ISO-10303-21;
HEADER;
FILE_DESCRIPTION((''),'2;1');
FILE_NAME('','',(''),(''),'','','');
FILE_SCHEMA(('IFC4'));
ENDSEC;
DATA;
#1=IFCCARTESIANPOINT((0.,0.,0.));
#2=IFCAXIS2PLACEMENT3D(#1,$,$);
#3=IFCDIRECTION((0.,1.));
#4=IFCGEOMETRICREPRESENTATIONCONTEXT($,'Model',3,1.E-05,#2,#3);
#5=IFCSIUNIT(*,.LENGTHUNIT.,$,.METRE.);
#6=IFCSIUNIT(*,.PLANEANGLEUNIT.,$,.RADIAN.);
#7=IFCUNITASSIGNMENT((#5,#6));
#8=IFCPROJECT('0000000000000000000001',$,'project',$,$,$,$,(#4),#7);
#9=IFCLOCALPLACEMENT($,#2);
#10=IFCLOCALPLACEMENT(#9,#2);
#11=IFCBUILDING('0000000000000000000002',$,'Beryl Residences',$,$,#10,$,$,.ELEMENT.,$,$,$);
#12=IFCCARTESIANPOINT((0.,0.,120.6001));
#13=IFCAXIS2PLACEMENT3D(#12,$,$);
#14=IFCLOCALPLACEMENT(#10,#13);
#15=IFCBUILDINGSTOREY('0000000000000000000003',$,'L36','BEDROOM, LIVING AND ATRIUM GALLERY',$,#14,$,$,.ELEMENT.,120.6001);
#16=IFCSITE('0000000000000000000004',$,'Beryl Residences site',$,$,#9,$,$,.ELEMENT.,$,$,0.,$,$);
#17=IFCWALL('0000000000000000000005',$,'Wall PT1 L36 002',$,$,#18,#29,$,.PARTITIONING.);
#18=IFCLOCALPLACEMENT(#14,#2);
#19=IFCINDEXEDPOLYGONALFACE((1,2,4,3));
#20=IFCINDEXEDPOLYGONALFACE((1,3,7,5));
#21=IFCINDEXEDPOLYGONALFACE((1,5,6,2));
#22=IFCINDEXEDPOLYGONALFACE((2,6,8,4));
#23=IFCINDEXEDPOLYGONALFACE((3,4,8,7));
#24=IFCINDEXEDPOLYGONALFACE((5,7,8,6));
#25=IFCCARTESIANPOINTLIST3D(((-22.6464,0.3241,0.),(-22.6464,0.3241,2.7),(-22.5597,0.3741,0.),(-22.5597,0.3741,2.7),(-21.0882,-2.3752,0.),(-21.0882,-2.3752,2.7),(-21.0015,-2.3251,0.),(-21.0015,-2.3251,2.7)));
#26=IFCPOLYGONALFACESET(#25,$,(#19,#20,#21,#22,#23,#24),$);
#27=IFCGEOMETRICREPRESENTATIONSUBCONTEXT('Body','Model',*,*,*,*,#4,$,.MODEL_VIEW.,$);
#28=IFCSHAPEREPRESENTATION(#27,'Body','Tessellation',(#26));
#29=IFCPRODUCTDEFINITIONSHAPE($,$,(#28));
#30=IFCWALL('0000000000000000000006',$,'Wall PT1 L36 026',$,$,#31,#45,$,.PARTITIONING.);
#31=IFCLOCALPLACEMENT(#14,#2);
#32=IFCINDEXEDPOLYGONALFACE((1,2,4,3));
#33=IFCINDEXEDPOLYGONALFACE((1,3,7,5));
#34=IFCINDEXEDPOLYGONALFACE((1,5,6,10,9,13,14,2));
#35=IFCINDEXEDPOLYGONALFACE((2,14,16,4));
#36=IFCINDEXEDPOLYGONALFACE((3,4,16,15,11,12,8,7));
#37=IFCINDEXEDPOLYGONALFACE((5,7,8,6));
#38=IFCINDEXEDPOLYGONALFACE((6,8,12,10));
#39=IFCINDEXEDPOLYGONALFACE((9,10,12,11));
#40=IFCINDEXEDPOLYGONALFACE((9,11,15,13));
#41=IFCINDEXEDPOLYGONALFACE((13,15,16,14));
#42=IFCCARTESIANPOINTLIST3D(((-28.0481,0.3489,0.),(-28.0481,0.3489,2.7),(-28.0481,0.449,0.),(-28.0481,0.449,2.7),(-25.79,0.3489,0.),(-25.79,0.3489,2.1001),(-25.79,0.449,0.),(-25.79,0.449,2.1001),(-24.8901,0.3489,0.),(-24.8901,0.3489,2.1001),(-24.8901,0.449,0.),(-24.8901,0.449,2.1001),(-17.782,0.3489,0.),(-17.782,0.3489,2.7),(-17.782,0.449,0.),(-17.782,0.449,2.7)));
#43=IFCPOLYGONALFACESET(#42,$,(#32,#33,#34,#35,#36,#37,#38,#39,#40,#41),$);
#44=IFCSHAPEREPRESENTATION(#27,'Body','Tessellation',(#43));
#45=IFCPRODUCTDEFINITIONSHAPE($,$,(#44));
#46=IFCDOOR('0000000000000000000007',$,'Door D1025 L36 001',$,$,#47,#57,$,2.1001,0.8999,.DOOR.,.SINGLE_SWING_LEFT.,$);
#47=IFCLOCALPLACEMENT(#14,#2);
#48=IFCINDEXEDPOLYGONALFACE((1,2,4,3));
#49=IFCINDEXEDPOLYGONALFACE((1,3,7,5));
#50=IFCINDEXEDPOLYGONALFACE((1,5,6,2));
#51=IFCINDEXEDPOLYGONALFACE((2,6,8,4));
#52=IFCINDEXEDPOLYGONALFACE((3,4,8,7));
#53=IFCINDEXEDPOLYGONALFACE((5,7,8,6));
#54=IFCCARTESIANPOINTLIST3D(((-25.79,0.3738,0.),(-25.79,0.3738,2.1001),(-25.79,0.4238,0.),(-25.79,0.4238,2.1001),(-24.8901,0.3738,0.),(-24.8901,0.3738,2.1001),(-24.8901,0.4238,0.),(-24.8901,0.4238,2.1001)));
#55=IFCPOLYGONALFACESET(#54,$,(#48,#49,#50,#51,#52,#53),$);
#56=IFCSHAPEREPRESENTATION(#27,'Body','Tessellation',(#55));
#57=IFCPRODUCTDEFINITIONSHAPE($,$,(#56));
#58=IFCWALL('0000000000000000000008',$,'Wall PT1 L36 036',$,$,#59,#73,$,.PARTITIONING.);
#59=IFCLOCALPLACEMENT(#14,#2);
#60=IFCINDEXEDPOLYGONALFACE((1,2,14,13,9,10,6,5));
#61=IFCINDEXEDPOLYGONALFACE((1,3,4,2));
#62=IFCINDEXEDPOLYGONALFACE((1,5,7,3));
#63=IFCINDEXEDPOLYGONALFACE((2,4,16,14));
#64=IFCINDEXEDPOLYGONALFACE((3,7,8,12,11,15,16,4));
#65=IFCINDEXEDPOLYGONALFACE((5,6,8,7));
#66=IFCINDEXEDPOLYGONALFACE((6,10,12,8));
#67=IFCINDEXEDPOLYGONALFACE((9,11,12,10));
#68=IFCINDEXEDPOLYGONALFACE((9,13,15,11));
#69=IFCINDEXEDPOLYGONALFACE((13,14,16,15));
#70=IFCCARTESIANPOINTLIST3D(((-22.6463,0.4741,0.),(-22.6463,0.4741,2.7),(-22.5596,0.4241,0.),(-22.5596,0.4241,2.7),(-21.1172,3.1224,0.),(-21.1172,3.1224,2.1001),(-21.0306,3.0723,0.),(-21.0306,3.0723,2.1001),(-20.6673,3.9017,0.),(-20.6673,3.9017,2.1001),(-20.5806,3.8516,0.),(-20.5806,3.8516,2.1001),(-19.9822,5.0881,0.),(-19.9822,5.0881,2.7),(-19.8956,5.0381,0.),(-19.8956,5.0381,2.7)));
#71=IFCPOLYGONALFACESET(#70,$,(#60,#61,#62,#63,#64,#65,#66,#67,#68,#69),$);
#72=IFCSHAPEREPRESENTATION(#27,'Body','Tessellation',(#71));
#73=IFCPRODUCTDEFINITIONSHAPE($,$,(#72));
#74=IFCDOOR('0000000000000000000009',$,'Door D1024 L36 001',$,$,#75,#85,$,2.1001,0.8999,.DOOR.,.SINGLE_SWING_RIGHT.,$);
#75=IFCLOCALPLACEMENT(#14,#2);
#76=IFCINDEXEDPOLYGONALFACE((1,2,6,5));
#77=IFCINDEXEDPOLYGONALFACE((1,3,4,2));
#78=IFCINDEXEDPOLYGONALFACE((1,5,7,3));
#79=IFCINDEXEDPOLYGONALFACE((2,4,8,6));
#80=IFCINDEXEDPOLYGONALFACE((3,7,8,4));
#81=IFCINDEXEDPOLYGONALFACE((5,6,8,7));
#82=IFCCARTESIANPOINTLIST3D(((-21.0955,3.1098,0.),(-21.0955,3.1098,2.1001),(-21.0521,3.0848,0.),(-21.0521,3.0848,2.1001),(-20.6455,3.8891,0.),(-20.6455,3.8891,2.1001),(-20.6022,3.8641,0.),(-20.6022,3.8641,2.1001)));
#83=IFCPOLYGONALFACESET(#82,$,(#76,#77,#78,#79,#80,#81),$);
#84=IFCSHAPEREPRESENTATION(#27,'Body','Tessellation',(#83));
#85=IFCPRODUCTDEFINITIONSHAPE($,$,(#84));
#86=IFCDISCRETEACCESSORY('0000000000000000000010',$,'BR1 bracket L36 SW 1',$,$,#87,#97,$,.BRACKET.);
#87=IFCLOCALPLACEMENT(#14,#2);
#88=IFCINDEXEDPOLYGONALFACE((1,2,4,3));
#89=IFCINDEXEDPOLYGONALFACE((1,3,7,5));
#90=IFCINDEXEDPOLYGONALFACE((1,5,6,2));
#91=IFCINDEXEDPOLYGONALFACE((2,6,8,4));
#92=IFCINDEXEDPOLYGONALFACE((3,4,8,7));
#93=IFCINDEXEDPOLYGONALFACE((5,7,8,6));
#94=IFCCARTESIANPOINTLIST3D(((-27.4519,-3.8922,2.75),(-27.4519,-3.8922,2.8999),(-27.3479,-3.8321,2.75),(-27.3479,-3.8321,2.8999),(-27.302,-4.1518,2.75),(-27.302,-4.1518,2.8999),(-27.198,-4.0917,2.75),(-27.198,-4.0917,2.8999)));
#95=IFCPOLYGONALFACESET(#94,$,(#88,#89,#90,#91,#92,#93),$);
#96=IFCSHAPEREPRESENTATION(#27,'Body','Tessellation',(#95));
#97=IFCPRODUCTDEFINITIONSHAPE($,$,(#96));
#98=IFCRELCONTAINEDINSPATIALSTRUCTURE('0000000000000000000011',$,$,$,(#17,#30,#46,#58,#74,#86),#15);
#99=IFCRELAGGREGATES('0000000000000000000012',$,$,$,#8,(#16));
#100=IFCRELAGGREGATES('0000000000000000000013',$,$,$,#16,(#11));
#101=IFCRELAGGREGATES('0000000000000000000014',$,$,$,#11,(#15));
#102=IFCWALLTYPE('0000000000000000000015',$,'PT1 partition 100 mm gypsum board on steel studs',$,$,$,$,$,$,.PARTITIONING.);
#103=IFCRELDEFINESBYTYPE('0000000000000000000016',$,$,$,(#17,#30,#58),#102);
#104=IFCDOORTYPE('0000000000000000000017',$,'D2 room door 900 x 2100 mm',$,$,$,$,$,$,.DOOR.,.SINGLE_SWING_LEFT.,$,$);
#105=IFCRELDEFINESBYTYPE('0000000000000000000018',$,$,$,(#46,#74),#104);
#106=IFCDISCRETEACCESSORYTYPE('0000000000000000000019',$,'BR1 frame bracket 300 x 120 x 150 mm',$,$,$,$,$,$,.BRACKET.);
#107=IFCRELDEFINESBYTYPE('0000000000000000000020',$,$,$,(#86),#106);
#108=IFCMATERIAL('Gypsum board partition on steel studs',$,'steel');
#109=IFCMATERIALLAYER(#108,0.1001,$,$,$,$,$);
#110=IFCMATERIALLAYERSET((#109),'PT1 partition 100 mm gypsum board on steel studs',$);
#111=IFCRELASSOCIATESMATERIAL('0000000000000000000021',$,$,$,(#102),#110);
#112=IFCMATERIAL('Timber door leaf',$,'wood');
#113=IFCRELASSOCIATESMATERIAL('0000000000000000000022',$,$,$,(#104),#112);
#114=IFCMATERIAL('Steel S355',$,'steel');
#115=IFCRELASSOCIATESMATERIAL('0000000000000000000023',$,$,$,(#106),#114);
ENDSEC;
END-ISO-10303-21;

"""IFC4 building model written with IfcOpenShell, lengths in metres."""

from ifc_helpers import new_model, si_unit, direction, frame, frame_2d, origin, place, context, subcontext, project, spatial, polyline, rectangle, outline, extrude, source, transform, mapped, material, layer, layer_set, type_object, type_shapes, element, fill, save


model = new_model("IFC4")

# Units and contexts
model_context = context("Model", 3, precision=1e-05, world=origin(), true_north=direction((0.0, 1.0)))
body_context = subcontext(model_context, "Body", "Model", "MODEL_VIEW")
ifc_project = project(units=[si_unit("LENGTHUNIT", "METRE"), si_unit("PLANEANGLEUNIT", "RADIAN")], contexts=[model_context])

# Site, building, storey
site_placement = place(None, origin())
site = spatial("IfcSite", under=ifc_project, at=site_placement, Name="Beryl Residences site", CompositionType="ELEMENT", RefElevation=0.0)
building_placement = place(site_placement, origin())
building = spatial("IfcBuilding", under=site, at=building_placement, Name="Beryl Residences", CompositionType="ELEMENT")
storey_placement = place(building_placement, frame((0.0, 0.0, 120.6001)))
storey = spatial("IfcBuildingStorey", under=building, at=storey_placement, Name="L36", Description="BEDROOM, LIVING AND ATRIUM GALLERY", CompositionType="ELEMENT", Elevation=120.6001)

# Wall
ifc_material_1 = material(Name="Gypsum board partition on steel studs", Category="steel")
ifc_layer_1 = layer(ifc_material_1, 0.1001)
ifc_layer_set_1 = layer_set([ifc_layer_1], Name="PT1 partition 100 mm gypsum board on steel studs")
wall_type_1 = type_object("IfcWallType", Name="PT1 partition 100 mm gypsum board on steel studs", PredefinedType="PARTITIONING", material=ifc_layer_set_1)
wall_1_placement = place(storey_placement, frame((-22.603, 0.3491, 0.0), z_axis=(0.0, 0.0, 1.0), x_axis=(0.49993, -0.866066, 0.0)))
element("IfcWall", 1, at=wall_1_placement, inside=storey, type_object=wall_type_1, Name="Wall PT1 L36 002", PredefinedType="PARTITIONING", context=body_context, shape_type="SweptSolid", body=[
    extrude(rectangle(XDim=3.1167, YDim=0.1001, at=frame_2d((1.5583, 0.0))), origin(), (0.0, 0.0, 1.0), 2.7),
])

# Walls, openings, doors
wall_2_placement = place(storey_placement, frame((-28.0481, 0.3989, 0.0), z_axis=(0.0, 0.0, 1.0), x_axis=(1.0, 0.0, 0.0)))
wall_2 = element("IfcWall", 2, at=wall_2_placement, inside=storey, type_object=wall_type_1, Name="Wall PT1 L36 026", PredefinedType="PARTITIONING", context=body_context, shape_type="SweptSolid", body=[
    extrude(rectangle(XDim=10.2661, YDim=0.1001, at=frame_2d((5.1331, 0.0))), origin(), (0.0, 0.0, 1.0), 2.7),
])
opening_1_placement = place(wall_2_placement, frame((2.2581, 0.0, 0.0)))
opening_1 = element("IfcOpeningElement", 3, at=opening_1_placement, cuts=wall_2, PredefinedType="OPENING", context=body_context, shape_type="SweptSolid", body=[
    extrude(rectangle(XDim=0.8999, YDim=2.1001, at=frame_2d((0.45, 1.05))), frame((0.0, 0.0601, 0.0), z_axis=(0.0, -1.0, 0.0), x_axis=(1.0, 0.0, 0.0)), (0.0, 0.0, 1.0), 0.1201),
])
ifc_material_2 = material(Name="Timber door leaf", Category="wood")
door_type = type_object("IfcDoorType", Name="D2 room door 900 x 2100 mm", OperationType="SINGLE_SWING_LEFT", PredefinedType="DOOR", material=ifc_material_2)
door_1_placement = place(opening_1_placement, origin())
door_1 = element("IfcDoor", 4, at=door_1_placement, inside=storey, type_object=door_type, Name="Door D1025 L36 001", OperationType="SINGLE_SWING_LEFT", OverallHeight=2.1001, OverallWidth=0.8999, PredefinedType="DOOR", context=body_context, shape_type="SweptSolid", body=[
    extrude(rectangle(XDim=0.8999, YDim=2.1001, at=frame_2d((0.45, 1.05))), frame((0.0, 0.0249, 0.0), z_axis=(0.0, -1.0, 0.0), x_axis=(1.0, 0.0, 0.0)), (0.0, 0.0, 1.0), 0.05),
])
fill(opening_1, door_1)
wall_3_placement = place(storey_placement, frame((-22.603, 0.449, 0.0), z_axis=(0.0, 0.0, 1.0), x_axis=(0.500023, 0.866012, 0.0)))
wall_3 = element("IfcWall", 5, at=wall_3_placement, inside=storey, type_object=wall_type_1, Name="Wall PT1 L36 036", PredefinedType="PARTITIONING", context=body_context, shape_type="SweptSolid", body=[
    extrude(rectangle(XDim=5.3279, YDim=0.1001, at=frame_2d((2.6641, 0.0))), origin(), (0.0, 0.0, 1.0), 2.7),
])
opening_2_placement = place(wall_3_placement, frame((3.0581, 0.0, 0.0)))
opening_2 = element("IfcOpeningElement", 6, at=opening_2_placement, cuts=wall_3, PredefinedType="OPENING", context=body_context, shape_type="SweptSolid", body=[
    extrude(rectangle(XDim=0.8999, YDim=2.1001, at=frame_2d((0.45, 1.05))), frame((0.0, 0.0601, 0.0), z_axis=(0.0, -1.0, 0.0), x_axis=(1.0, 0.0, 0.0)), (0.0, 0.0, 1.0), 0.1201),
])
door_2_placement = place(opening_2_placement, origin())
door_2 = element("IfcDoor", 7, at=door_2_placement, inside=storey, type_object=door_type, Name="Door D1024 L36 001", OperationType="SINGLE_SWING_RIGHT", OverallHeight=2.1001, OverallWidth=0.8999, PredefinedType="DOOR", context=body_context, shape_type="SweptSolid", body=[
    extrude(rectangle(XDim=0.8999, YDim=2.1001, at=frame_2d((0.45, 1.05))), frame((0.0, 0.0249, 0.0), z_axis=(0.0, -1.0, 0.0), x_axis=(1.0, 0.0, 0.0)), (0.0, 0.0, 1.0), 0.05),
])
fill(opening_2, door_2)

# Discrete accessory
ifc_material_3 = material(Name="Steel S355", Category="steel")
discrete_accessory_type = type_object("IfcDiscreteAccessoryType", Name="BR1 frame bracket 300 x 120 x 150 mm", PredefinedType="BRACKET", material=ifc_material_3)
shared_shape_1 = source(origin(), body_context, "Body", "SweptSolid", [
    extrude(outline(polyline([(-0.1499, 0.0), (0.1499, 0.0), (0.1499, 0.1201), (-0.1499, 0.1201), (-0.1499, 0.0)])), origin(), (0.0, 0.0, 1.0), 0.1499),
])
type_shapes(discrete_accessory_type, [shared_shape_1])
discrete_accessory_placement = place(storey_placement, frame((-27.2729, -3.9619, 2.75), z_axis=(0.0, 0.0, 1.0), x_axis=(-0.5, 0.866025, 0.0)))
element("IfcDiscreteAccessory", 8, at=discrete_accessory_placement, inside=storey, type_object=discrete_accessory_type, Name="BR1 bracket L36 SW 1", PredefinedType="BRACKET", context=body_context, shape_type="MappedRepresentation", body=[
    mapped(shared_shape_1, transform((0.0, 0.0, 0.0))),
])

save(model, "model.ifc")
